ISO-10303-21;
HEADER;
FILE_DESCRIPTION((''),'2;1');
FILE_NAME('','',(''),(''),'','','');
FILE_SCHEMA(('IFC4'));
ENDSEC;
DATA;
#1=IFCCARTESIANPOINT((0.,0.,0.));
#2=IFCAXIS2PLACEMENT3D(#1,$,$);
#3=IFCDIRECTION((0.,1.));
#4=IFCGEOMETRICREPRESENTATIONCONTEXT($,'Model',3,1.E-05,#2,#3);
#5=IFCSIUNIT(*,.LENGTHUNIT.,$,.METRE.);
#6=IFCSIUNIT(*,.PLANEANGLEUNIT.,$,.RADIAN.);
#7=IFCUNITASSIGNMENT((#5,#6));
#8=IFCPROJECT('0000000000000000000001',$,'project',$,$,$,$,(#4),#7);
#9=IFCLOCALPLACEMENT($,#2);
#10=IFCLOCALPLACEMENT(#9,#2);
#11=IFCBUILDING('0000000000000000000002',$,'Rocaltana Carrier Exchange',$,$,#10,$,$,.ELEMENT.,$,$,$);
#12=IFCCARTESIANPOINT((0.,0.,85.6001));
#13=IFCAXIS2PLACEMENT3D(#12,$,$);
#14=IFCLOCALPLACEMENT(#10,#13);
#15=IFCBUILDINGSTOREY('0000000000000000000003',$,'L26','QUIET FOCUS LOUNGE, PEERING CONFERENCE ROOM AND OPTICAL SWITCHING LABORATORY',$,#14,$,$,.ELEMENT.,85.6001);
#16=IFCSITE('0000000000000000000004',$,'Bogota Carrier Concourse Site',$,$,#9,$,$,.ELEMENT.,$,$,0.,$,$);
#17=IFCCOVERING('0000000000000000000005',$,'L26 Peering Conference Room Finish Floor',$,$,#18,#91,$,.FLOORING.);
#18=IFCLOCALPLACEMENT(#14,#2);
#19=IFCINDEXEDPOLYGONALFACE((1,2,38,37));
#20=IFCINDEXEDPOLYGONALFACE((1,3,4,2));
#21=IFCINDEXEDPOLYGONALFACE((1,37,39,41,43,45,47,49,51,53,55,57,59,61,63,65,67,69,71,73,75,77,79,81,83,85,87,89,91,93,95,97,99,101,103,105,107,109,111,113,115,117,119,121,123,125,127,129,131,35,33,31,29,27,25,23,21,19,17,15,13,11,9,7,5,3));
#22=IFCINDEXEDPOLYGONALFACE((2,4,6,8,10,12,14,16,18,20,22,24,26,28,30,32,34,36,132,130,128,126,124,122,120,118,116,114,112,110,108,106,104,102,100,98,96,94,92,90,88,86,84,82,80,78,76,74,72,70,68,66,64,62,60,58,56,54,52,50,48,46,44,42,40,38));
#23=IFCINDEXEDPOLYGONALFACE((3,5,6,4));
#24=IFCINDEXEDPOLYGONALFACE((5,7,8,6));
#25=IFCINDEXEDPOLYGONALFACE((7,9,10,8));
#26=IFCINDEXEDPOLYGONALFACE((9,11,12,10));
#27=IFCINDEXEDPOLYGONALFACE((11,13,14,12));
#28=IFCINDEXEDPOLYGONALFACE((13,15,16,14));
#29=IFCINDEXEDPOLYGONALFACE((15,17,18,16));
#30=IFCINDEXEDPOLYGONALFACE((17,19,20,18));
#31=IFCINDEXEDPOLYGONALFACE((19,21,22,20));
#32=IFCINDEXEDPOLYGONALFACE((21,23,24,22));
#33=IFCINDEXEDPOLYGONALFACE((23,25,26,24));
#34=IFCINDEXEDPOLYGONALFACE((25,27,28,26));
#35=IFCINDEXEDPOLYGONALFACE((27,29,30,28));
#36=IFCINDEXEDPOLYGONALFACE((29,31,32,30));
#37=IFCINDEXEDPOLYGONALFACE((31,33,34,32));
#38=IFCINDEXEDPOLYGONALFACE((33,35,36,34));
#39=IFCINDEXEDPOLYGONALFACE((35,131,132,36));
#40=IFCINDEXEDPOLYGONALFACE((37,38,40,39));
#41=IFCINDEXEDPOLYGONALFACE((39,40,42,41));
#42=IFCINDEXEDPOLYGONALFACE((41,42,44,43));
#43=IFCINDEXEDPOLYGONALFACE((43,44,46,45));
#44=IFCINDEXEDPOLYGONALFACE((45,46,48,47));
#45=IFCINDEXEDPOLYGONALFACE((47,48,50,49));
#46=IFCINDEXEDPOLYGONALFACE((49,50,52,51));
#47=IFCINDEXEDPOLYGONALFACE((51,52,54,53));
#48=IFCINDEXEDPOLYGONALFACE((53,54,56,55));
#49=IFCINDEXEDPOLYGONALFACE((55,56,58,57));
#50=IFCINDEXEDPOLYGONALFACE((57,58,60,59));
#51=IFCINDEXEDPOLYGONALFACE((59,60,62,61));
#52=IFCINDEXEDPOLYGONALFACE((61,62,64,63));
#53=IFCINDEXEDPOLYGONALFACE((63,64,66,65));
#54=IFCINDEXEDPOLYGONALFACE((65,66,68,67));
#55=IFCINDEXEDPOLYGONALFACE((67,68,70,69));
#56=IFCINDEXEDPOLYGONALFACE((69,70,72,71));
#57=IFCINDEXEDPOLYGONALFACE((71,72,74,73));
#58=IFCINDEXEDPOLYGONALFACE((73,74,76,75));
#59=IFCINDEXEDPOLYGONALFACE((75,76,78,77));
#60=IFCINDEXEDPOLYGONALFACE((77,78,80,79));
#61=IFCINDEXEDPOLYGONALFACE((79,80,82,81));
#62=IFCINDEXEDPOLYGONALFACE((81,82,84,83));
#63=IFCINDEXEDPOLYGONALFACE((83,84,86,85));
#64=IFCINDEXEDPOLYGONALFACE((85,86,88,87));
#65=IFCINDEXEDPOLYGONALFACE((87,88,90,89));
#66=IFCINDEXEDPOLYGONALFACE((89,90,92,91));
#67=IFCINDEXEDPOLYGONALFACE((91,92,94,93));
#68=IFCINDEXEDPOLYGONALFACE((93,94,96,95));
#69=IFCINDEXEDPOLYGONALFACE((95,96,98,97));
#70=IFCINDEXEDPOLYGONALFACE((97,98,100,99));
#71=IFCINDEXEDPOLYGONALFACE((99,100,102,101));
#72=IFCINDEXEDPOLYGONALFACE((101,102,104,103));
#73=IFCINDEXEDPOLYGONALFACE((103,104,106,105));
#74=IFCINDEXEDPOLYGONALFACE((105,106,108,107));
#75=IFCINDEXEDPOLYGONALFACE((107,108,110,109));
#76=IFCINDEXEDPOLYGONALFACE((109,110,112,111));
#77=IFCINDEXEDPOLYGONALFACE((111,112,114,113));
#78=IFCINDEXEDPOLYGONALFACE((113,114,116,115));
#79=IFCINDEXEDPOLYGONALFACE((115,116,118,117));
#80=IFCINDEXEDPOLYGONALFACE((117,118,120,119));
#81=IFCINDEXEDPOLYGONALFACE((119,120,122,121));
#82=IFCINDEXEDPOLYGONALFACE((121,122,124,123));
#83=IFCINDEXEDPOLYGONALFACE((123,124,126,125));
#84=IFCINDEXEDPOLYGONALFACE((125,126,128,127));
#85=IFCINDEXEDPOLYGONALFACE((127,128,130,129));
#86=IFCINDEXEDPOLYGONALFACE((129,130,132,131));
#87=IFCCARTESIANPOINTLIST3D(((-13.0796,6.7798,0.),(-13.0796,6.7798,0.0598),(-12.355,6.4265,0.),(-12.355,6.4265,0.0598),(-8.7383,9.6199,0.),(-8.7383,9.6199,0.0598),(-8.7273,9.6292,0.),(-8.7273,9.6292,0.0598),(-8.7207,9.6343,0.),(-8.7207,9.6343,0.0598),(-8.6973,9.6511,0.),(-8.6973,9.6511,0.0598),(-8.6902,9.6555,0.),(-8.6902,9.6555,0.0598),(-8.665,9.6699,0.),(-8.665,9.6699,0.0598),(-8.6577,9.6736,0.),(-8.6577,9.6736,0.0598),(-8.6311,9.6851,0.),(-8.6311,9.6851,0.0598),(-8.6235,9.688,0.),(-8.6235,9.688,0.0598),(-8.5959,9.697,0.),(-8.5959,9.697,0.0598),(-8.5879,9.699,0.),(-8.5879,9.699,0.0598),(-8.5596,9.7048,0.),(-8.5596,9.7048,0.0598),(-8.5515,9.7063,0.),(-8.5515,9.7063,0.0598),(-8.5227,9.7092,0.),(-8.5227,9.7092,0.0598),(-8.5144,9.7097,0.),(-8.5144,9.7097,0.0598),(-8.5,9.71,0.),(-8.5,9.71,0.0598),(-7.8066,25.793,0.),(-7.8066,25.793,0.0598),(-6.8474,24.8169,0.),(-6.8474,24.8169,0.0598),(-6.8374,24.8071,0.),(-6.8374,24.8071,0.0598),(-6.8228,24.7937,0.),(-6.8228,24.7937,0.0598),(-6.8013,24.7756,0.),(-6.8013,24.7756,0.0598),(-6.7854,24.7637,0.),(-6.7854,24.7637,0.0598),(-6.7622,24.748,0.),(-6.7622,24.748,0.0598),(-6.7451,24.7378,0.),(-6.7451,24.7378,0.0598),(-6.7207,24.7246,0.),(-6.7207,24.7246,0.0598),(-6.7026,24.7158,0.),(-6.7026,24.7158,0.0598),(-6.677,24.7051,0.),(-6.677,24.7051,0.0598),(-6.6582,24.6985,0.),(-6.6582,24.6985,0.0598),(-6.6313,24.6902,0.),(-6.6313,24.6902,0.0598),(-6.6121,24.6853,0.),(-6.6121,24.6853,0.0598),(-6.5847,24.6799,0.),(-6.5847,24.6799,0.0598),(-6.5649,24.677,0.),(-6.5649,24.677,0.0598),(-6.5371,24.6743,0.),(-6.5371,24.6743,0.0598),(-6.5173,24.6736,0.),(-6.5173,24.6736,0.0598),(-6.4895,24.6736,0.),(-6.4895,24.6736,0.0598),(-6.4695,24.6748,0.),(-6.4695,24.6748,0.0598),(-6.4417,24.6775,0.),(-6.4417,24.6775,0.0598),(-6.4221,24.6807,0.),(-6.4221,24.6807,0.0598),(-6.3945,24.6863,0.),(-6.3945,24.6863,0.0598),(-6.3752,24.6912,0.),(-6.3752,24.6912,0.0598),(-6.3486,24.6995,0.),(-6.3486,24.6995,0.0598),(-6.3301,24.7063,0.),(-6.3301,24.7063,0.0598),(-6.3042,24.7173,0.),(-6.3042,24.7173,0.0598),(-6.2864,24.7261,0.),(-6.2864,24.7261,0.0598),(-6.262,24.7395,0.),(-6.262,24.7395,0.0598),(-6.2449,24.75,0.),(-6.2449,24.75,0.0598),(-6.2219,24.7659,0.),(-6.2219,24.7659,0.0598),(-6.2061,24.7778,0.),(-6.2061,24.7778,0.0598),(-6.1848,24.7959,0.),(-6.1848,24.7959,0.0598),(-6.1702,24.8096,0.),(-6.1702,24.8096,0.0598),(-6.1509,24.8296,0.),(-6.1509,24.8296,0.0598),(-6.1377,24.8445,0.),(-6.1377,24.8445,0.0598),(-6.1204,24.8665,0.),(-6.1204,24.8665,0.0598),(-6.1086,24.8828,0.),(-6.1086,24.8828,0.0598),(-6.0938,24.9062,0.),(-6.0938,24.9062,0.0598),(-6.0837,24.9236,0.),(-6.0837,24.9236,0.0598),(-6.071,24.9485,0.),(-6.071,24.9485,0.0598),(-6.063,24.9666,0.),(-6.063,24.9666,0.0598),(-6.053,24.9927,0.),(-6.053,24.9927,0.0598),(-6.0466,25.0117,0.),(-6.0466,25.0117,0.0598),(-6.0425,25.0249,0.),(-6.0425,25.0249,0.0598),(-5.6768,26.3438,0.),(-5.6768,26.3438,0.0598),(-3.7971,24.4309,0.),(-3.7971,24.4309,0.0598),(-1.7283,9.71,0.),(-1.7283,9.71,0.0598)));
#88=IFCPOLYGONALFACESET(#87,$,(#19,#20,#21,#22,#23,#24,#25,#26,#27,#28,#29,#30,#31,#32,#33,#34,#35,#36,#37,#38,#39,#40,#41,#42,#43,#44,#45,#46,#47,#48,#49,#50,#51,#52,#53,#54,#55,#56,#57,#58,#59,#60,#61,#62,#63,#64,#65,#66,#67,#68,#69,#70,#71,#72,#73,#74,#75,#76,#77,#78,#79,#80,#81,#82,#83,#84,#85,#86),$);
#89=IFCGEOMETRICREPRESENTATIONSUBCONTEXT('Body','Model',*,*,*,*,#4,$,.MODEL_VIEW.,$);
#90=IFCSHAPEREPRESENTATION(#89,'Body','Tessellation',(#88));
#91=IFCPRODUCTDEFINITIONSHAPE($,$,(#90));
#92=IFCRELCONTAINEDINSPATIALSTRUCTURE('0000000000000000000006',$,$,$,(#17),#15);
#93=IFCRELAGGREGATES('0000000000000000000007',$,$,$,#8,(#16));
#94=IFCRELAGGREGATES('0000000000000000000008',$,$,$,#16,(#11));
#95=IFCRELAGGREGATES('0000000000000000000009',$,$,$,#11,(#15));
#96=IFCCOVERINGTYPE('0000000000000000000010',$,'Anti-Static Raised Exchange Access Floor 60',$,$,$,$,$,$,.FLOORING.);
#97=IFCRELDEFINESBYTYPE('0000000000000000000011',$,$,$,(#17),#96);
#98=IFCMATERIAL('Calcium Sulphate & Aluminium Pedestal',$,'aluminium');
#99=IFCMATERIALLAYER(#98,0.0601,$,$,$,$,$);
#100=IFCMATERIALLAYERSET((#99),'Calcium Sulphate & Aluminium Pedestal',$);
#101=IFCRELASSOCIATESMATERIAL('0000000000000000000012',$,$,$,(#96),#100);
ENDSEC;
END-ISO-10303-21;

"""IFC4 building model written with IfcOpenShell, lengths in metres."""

from ifc_helpers import new_model, si_unit, direction, frame, origin, place, context, subcontext, project, spatial, polyline, outline, extrude, material, layer, layer_set, type_object, element, save


model = new_model("IFC4")

# Units and contexts
model_context = context("Model", 3, precision=1e-05, world=origin(), true_north=direction((0.0, 1.0)))
body_context = subcontext(model_context, "Body", "Model", "MODEL_VIEW")
ifc_project = project(units=[si_unit("LENGTHUNIT", "METRE"), si_unit("PLANEANGLEUNIT", "RADIAN")], contexts=[model_context])

# Site, building, storey
site_placement = place(None, origin())
site = spatial("IfcSite", under=ifc_project, at=site_placement, Name="Bogota Carrier Concourse Site", CompositionType="ELEMENT", RefElevation=0.0)
building_placement = place(site_placement, origin())
building = spatial("IfcBuilding", under=site, at=building_placement, Name="Rocaltana Carrier Exchange", CompositionType="ELEMENT")
storey_placement = place(building_placement, frame((0.0, 0.0, 85.6001)))
storey = spatial("IfcBuildingStorey", under=building, at=storey_placement, Name="L26", Description="QUIET FOCUS LOUNGE, PEERING CONFERENCE ROOM AND OPTICAL SWITCHING LABORATORY", CompositionType="ELEMENT", Elevation=85.6001)

# Covering
ifc_material_1 = material(Name="Calcium Sulphate & Aluminium Pedestal", Category="aluminium")
ifc_layer_1 = layer(ifc_material_1, 0.0601)
ifc_layer_set_1 = layer_set([ifc_layer_1], Name="Calcium Sulphate & Aluminium Pedestal")
covering_type_1 = type_object("IfcCoveringType", Name="Anti-Static Raised Exchange Access Floor 60", PredefinedType="FLOORING", material=ifc_layer_set_1)
covering_1_placement = place(storey_placement, origin())
element("IfcCovering", 1, at=covering_1_placement, inside=storey, type_object=covering_type_1, Name="L26 Peering Conference Room Finish Floor", PredefinedType="FLOORING", context=body_context, shape_type="SweptSolid", body=[
    extrude(outline(polyline([(-7.8066, 25.793), (-6.8474, 24.8169), (-6.8374, 24.8071), (-6.8228, 24.7937), (-6.8013, 24.7756), (-6.7854, 24.7637), (-6.7622, 24.748), (-6.7451, 24.7378), (-6.7207, 24.7246), (-6.7026, 24.7158), (-6.677, 24.7051), (-6.6582, 24.6985), (-6.6313, 24.6902), (-6.6121, 24.6853), (-6.5847, 24.6799), (-6.5649, 24.677), (-6.5371, 24.6743), (-6.5173, 24.6736), (-6.4895, 24.6736), (-6.4695, 24.6748), (-6.4417, 24.6775), (-6.4221, 24.6807), (-6.3945, 24.6863), (-6.3752, 24.6912), (-6.3486, 24.6995), (-6.3301, 24.7063), (-6.3042, 24.7173), (-6.2864, 24.7261), (-6.262, 24.7395), (-6.2449, 24.75), (-6.2219, 24.7659), (-6.2061, 24.7778), (-6.1848, 24.7959), (-6.1702, 24.8096), (-6.1509, 24.8296), (-6.1377, 24.8445), (-6.1204, 24.8665), (-6.1086, 24.8828), (-6.0938, 24.9062), (-6.0837, 24.9236), (-6.071, 24.9485), (-6.063, 24.9666), (-6.053, 24.9927), (-6.0466, 25.0117), (-6.0425, 25.0249), (-5.6768, 26.3438), (-3.7971, 24.4309), (-1.7283, 9.71), (-8.5, 9.71), (-8.5144, 9.7097), (-8.5227, 9.7092), (-8.5515, 9.7063), (-8.5596, 9.7048), (-8.5879, 9.699), (-8.5959, 9.697), (-8.6235, 9.688), (-8.6311, 9.6851), (-8.6577, 9.6736), (-8.665, 9.6699), (-8.6902, 9.6555), (-8.6973, 9.6511), (-8.7207, 9.6343), (-8.7273, 9.6292), (-8.7383, 9.6199), (-12.355, 6.4265), (-13.0796, 6.7798), (-7.8066, 25.793)])), origin(), (0.0, 0.0, 1.0), 0.0598),
])

save(model, "model.ifc")
